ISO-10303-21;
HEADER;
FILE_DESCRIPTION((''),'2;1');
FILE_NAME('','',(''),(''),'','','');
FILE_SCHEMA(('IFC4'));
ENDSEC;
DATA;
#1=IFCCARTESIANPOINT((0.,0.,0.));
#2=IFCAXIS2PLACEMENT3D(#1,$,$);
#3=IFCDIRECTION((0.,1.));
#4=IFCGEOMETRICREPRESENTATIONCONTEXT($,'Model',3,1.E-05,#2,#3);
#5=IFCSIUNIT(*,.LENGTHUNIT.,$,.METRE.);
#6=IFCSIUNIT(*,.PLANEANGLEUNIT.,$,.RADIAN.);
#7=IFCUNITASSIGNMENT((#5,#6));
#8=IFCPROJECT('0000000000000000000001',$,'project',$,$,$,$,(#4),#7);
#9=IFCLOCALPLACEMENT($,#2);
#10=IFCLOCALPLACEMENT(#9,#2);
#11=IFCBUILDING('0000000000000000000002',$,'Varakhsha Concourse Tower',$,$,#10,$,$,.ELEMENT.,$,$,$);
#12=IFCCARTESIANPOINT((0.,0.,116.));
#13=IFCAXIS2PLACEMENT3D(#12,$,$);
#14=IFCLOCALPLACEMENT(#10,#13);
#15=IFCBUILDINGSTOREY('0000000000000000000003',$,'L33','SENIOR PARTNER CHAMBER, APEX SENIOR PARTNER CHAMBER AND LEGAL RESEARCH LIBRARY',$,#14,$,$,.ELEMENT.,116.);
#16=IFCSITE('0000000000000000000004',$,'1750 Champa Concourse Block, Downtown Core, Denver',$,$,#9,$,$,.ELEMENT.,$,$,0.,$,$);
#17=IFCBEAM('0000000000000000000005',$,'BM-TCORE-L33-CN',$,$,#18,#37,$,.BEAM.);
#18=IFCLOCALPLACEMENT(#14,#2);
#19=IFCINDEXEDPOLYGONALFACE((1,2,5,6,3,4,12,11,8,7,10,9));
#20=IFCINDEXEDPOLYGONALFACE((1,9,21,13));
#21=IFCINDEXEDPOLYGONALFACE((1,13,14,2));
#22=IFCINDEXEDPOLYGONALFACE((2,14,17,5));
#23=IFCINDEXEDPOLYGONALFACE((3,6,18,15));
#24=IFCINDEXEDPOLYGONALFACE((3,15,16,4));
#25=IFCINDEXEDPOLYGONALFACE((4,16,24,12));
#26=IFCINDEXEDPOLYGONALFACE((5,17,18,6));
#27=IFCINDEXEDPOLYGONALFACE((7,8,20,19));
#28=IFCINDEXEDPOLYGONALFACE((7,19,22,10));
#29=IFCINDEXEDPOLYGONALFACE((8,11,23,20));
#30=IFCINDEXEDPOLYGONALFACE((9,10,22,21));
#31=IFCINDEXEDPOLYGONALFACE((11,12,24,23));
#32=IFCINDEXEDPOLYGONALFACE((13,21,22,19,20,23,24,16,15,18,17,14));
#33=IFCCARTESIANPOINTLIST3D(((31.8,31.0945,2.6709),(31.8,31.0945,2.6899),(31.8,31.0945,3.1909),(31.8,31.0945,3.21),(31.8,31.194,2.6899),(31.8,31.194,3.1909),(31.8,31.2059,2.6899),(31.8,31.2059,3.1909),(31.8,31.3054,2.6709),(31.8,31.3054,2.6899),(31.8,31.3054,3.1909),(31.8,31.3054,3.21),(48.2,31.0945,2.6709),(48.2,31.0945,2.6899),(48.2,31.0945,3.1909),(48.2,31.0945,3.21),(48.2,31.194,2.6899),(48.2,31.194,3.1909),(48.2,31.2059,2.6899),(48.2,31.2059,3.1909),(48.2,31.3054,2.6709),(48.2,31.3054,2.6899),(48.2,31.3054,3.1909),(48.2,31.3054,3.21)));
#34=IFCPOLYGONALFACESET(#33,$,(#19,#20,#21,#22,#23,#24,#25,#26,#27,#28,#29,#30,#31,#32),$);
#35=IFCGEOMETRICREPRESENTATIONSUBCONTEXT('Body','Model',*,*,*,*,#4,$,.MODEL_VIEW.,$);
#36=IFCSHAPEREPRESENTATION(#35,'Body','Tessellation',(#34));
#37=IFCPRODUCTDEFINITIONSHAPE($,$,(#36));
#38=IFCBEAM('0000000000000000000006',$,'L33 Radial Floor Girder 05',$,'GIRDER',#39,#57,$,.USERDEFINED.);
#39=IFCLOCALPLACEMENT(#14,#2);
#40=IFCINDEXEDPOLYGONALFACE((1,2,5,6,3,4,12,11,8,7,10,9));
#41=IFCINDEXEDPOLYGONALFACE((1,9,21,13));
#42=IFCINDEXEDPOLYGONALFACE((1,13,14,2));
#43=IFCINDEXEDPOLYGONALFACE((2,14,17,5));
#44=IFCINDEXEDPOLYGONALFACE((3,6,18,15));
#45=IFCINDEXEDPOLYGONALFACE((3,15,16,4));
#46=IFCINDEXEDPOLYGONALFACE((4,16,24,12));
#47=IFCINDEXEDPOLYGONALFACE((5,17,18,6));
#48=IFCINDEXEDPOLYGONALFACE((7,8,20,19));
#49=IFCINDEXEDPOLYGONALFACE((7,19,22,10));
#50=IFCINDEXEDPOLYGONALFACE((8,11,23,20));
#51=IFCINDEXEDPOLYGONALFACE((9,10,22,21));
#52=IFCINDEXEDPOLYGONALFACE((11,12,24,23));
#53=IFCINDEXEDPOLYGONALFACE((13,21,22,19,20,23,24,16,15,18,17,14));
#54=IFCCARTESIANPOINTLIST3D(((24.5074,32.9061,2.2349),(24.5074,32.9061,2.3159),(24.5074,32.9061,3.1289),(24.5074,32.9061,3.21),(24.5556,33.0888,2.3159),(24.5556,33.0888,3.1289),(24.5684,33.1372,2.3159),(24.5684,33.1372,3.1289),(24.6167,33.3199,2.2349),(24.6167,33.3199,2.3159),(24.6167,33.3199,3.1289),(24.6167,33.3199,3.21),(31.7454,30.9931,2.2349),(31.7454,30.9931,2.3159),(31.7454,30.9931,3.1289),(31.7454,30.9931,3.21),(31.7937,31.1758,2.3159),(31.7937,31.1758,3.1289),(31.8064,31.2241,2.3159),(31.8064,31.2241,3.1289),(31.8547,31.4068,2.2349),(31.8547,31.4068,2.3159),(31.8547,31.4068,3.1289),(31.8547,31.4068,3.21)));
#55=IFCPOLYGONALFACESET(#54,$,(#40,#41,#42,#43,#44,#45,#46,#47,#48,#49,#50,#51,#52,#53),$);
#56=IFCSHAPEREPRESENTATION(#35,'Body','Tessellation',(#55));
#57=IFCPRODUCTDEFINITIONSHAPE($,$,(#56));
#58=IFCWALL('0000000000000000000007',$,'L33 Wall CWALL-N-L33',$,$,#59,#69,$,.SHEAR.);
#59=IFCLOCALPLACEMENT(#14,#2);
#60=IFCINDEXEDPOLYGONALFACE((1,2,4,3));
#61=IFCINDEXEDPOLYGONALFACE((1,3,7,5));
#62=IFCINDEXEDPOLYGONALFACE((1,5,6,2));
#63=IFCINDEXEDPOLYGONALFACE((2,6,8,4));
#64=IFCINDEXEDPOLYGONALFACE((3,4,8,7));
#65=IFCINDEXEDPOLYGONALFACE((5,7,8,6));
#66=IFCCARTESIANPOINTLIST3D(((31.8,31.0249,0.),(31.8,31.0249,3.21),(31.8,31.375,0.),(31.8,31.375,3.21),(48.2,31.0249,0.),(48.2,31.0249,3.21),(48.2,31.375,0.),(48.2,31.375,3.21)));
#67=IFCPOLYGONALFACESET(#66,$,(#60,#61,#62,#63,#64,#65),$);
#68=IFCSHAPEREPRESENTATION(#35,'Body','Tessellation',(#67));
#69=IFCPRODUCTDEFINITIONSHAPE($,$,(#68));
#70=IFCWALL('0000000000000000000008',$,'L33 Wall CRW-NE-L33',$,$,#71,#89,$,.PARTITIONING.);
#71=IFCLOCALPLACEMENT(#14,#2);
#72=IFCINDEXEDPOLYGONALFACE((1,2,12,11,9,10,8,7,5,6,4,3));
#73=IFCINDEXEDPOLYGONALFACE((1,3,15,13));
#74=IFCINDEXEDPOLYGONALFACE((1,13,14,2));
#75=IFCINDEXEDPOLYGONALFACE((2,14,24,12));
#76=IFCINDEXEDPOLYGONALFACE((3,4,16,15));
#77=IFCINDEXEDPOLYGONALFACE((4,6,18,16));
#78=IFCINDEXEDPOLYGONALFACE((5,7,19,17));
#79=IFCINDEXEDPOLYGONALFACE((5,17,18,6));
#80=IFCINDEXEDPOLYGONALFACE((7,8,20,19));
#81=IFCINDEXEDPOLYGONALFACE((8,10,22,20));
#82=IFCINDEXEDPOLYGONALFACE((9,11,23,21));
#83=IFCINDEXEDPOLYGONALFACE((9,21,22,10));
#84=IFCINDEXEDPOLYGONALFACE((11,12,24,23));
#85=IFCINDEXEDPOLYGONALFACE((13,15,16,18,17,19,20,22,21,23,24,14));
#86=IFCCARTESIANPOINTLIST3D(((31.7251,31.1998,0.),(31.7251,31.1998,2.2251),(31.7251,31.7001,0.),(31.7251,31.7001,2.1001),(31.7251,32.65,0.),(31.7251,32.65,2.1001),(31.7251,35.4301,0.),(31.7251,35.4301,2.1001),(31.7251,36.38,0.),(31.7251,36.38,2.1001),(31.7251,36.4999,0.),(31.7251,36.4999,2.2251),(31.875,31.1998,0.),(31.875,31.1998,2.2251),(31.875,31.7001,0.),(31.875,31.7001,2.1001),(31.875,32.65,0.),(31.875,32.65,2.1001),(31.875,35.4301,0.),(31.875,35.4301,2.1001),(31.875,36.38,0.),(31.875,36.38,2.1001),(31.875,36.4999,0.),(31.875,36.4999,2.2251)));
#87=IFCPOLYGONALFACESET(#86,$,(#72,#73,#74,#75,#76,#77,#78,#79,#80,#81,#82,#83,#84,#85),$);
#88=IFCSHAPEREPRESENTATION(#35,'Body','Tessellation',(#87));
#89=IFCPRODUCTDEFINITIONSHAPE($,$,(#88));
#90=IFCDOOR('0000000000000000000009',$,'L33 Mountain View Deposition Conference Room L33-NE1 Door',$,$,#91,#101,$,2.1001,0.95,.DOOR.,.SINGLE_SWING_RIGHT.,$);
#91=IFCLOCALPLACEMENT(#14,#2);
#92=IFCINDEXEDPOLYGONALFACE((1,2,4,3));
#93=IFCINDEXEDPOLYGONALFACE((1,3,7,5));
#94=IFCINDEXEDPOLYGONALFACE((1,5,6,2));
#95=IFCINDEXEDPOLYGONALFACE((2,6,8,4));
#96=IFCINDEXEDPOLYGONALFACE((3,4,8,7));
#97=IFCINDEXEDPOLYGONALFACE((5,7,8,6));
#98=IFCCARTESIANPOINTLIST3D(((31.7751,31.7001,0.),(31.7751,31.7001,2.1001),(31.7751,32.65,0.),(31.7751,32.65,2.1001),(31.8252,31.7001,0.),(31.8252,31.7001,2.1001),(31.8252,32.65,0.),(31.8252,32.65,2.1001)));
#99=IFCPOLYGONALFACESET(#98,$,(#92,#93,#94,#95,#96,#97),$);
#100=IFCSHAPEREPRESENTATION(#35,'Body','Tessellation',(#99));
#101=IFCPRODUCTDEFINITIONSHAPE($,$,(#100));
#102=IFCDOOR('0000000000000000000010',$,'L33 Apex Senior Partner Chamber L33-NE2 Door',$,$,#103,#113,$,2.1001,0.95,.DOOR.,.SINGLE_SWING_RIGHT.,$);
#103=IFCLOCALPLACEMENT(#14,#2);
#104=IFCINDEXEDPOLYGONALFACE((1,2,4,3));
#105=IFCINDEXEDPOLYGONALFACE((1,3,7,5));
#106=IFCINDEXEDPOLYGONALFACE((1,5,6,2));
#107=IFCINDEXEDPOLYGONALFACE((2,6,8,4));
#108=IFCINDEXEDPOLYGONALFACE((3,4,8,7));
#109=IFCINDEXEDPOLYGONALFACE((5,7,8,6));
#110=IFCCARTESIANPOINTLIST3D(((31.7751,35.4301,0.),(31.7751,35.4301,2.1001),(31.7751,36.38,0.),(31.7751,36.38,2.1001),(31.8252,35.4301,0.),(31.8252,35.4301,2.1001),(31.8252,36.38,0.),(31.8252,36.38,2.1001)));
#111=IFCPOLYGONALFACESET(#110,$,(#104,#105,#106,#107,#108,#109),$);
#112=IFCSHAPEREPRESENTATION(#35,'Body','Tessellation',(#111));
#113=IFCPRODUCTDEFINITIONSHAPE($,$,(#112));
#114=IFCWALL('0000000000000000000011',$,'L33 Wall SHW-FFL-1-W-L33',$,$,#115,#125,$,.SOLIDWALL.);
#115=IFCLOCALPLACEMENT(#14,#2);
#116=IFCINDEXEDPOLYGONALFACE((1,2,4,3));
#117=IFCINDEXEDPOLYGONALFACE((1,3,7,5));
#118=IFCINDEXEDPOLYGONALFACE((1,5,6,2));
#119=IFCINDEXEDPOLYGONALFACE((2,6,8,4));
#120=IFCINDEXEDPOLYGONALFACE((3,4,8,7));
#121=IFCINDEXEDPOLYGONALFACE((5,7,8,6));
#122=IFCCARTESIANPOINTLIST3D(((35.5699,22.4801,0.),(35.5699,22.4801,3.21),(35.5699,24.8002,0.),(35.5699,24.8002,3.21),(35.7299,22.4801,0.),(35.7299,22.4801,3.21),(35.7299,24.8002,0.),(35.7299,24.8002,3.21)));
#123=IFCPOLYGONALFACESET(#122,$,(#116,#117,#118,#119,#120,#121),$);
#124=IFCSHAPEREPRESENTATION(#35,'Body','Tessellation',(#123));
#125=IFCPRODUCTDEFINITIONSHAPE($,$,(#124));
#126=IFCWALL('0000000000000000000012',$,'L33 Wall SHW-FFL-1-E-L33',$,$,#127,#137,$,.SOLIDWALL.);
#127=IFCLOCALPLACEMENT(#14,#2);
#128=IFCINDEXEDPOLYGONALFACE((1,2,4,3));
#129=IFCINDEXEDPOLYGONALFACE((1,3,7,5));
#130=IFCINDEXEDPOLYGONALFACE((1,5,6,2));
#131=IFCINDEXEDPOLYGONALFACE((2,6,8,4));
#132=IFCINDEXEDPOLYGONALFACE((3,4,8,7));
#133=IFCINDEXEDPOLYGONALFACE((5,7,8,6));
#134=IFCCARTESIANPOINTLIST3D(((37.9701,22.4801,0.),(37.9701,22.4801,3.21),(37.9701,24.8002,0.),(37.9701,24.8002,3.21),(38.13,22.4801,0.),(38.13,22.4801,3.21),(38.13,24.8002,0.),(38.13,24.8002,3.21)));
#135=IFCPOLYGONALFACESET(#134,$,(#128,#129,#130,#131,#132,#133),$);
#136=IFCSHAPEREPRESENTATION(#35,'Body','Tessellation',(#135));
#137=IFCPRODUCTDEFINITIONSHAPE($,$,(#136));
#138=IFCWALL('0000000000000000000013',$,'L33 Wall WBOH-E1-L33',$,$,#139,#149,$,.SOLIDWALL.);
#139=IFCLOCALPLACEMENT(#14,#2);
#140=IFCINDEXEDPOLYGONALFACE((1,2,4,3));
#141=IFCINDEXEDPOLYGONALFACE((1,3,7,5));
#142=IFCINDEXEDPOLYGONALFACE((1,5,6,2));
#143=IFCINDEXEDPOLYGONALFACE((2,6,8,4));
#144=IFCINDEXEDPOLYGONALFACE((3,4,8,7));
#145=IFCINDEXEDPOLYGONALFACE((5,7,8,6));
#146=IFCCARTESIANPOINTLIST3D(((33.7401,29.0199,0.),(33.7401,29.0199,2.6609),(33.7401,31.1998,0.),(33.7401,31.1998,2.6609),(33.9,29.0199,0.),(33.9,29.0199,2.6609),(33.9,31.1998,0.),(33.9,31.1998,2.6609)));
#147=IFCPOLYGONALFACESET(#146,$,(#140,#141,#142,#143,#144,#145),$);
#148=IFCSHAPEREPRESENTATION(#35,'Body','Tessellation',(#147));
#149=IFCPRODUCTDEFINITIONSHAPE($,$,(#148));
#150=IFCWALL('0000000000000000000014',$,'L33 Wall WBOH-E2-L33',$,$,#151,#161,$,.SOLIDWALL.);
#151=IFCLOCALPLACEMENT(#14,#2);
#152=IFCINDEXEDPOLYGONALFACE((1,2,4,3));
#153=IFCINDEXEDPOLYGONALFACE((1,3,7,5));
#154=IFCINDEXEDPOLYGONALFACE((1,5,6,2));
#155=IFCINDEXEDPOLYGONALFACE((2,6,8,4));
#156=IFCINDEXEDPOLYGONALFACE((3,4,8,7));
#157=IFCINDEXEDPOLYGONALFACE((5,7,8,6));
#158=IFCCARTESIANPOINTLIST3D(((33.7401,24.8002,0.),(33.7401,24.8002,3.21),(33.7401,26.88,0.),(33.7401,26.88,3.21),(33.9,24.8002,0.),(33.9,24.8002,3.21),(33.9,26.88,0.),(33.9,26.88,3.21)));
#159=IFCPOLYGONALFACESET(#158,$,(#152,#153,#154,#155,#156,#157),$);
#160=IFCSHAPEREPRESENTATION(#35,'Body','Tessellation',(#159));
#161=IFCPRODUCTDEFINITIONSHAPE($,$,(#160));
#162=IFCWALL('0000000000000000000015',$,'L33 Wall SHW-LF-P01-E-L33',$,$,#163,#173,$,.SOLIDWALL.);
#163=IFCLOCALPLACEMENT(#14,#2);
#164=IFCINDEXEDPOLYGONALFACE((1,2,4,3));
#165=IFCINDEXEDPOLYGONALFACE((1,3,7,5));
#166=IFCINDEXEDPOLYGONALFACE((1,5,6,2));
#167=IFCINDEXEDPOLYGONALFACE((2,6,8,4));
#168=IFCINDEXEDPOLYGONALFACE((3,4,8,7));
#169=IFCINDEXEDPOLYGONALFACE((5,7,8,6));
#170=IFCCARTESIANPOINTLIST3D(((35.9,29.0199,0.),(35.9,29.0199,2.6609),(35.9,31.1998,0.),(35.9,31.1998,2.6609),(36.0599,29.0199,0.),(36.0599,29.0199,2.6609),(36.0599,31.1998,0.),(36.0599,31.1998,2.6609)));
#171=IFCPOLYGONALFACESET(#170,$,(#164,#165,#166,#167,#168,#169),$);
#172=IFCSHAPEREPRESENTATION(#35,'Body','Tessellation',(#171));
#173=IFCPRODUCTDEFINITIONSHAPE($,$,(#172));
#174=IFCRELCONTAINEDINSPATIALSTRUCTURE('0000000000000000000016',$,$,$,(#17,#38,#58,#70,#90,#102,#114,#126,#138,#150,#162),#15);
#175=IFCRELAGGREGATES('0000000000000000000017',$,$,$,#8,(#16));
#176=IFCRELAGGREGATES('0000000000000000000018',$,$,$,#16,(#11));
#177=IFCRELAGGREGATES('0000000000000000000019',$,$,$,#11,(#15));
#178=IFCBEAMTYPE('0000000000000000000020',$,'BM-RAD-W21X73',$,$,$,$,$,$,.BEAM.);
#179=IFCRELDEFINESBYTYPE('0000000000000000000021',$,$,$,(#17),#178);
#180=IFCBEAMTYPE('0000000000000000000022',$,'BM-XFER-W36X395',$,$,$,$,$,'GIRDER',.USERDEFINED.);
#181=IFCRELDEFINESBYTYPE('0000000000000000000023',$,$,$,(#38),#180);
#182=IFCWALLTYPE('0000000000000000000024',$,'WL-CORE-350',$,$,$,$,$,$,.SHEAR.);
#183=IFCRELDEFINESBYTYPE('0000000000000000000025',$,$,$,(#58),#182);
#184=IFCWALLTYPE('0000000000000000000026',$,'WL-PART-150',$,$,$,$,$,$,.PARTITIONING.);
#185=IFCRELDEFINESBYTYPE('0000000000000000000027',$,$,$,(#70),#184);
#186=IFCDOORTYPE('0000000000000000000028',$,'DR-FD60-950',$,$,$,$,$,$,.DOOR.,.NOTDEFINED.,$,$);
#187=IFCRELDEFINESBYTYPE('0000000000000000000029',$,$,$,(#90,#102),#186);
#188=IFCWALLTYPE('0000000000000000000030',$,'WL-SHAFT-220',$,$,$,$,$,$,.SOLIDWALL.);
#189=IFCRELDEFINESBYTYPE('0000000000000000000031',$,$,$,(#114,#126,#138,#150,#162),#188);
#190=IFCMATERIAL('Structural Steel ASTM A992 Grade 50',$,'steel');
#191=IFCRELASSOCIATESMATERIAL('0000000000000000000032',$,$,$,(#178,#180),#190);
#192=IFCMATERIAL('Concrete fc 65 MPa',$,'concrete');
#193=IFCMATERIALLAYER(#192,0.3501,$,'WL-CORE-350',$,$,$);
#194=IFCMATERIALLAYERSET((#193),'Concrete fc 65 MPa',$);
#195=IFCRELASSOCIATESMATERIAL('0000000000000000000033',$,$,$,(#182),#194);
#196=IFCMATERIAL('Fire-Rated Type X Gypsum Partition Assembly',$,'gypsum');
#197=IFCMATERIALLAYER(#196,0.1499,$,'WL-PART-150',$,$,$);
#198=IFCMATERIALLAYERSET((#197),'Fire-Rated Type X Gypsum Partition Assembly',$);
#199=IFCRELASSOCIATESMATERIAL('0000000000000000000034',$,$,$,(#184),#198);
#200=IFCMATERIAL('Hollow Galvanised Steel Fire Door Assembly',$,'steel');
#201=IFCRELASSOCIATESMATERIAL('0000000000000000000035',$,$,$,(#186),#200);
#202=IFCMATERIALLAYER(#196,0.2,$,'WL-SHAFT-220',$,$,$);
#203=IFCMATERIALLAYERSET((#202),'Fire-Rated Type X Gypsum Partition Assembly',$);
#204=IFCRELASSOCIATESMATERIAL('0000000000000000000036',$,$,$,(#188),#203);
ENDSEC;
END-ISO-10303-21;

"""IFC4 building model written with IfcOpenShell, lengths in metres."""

from ifc_helpers import new_model, si_unit, direction, frame, frame_2d, origin, origin_2d, place, context, subcontext, project, spatial, rectangle, i_section, extrude, material, layer, layer_set, material_profile, profile_set, type_object, element, fill, save


model = new_model("IFC4")

# Units and contexts
model_context = context("Model", 3, precision=1e-05, world=origin(), true_north=direction((0.0, 1.0)))
body_context = subcontext(model_context, "Body", "Model", "MODEL_VIEW")
ifc_project = project(units=[si_unit("LENGTHUNIT", "METRE"), si_unit("PLANEANGLEUNIT", "RADIAN")], contexts=[model_context])

# Site, building, storey
site_placement = place(None, origin())
site = spatial("IfcSite", under=ifc_project, at=site_placement, Name="1750 Champa Concourse Block, Downtown Core, Denver", CompositionType="ELEMENT", RefElevation=0.0)
building_placement = place(site_placement, origin())
building = spatial("IfcBuilding", under=site, at=building_placement, Name="Varakhsha Concourse Tower", CompositionType="ELEMENT")
storey_placement = place(building_placement, frame((0.0, 0.0, 116.0)))
storey = spatial("IfcBuildingStorey", under=building, at=storey_placement, Name="L33", Description="SENIOR PARTNER CHAMBER, APEX SENIOR PARTNER CHAMBER AND LEGAL RESEARCH LIBRARY", CompositionType="ELEMENT", Elevation=116.0)

# Beams
ifc_material_1 = material(Name="Structural Steel ASTM A992 Grade 50", Category="steel")
ifc_material_profile_1 = material_profile(ifc_material_1, i_section(OverallWidth=0.2109, OverallDepth=0.5391, WebThickness=0.012, FlangeThickness=0.019, at=origin_2d()), Name="W21X73")
ifc_profile_set_1 = profile_set([ifc_material_profile_1], Name="Structural Steel ASTM A992 Grade 50")
beam_type_1 = type_object("IfcBeamType", Name="BM-RAD-W21X73", PredefinedType="BEAM", material=ifc_profile_set_1)
beam_1_placement = place(storey_placement, frame((31.8, 31.2, 2.9404), z_axis=(1.0, 0.0, 0.0), x_axis=(0.0, 1.0, 0.0)))
element("IfcBeam", 1, at=beam_1_placement, inside=storey, type_object=beam_type_1, Name="BM-TCORE-L33-CN", PredefinedType="BEAM", context=body_context, shape_type="SweptSolid", body=[
    extrude(i_section(OverallWidth=0.2109, OverallDepth=0.5391, WebThickness=0.012, FlangeThickness=0.019, at=origin_2d()), origin(), (0.0, 0.0, 1.0), 16.3999),
])
ifc_material_profile_2 = material_profile(ifc_material_1, i_section(OverallWidth=0.428, OverallDepth=0.9751, WebThickness=0.05, FlangeThickness=0.0811, at=origin_2d()), Name="W36X395")
ifc_profile_set_2 = profile_set([ifc_material_profile_2], Name="Structural Steel ASTM A992 Grade 50")
beam_type_2 = type_object("IfcBeamType", Name="BM-XFER-W36X395", ElementType="GIRDER", PredefinedType="USERDEFINED", material=ifc_profile_set_2)
beam_2_placement = place(storey_placement, frame((31.8, 31.2, 2.7224), z_axis=(-0.9668, 0.255535, 0.0), x_axis=(-0.255535, -0.9668, 0.0)))
element("IfcBeam", 2, at=beam_2_placement, inside=storey, type_object=beam_type_2, Name="L33 Radial Floor Girder 05", ObjectType="GIRDER", PredefinedType="USERDEFINED", context=body_context, shape_type="SweptSolid", body=[
    extrude(i_section(OverallWidth=0.428, OverallDepth=0.9751, WebThickness=0.05, FlangeThickness=0.0811, at=origin_2d()), origin(), (0.0, 0.0, 1.0), 7.4866),
])

# Wall
ifc_material_2 = material(Name="Concrete fc 65 MPa", Category="concrete")
ifc_layer_1 = layer(ifc_material_2, 0.3501, Name="WL-CORE-350")
ifc_layer_set_1 = layer_set([ifc_layer_1], Name="Concrete fc 65 MPa")
wall_type_1 = type_object("IfcWallType", Name="WL-CORE-350", PredefinedType="SHEAR", material=ifc_layer_set_1)
wall_1_placement = place(storey_placement, frame((31.8, 31.2, 0.0), z_axis=(0.0, 0.0, 1.0), x_axis=(1.0, 0.0, 0.0)))
element("IfcWall", 3, at=wall_1_placement, inside=storey, type_object=wall_type_1, Name="L33 Wall CWALL-N-L33", PredefinedType="SHEAR", context=body_context, shape_type="SweptSolid", body=[
    extrude(rectangle(XDim=16.3999, YDim=0.3501, at=frame_2d((8.2, 0.0))), origin(), (0.0, 0.0, 1.0), 3.21),
])

# Wall, openings, doors
ifc_material_3 = material(Name="Fire-Rated Type X Gypsum Partition Assembly", Category="gypsum")
ifc_layer_2 = layer(ifc_material_3, 0.1499, Name="WL-PART-150")
ifc_layer_set_2 = layer_set([ifc_layer_2], Name="Fire-Rated Type X Gypsum Partition Assembly")
wall_type_2 = type_object("IfcWallType", Name="WL-PART-150", PredefinedType="PARTITIONING", material=ifc_layer_set_2)
wall_2_placement = place(storey_placement, frame((31.8, 31.2, 0.0), z_axis=(0.0, 0.0, 1.0), x_axis=(0.0, 1.0, 0.0)))
wall_2 = element("IfcWall", 4, at=wall_2_placement, inside=storey, type_object=wall_type_2, Name="L33 Wall CRW-NE-L33", PredefinedType="PARTITIONING", context=body_context, shape_type="SweptSolid", body=[
    extrude(rectangle(XDim=5.3, YDim=0.1499, at=frame_2d((2.6499, 0.0))), origin(), (0.0, 0.0, 1.0), 2.2251),
])
opening_1_placement = place(wall_2_placement, frame((0.5, 0.0, 0.0)))
opening_1 = element("IfcOpeningElement", 5, at=opening_1_placement, cuts=wall_2, PredefinedType="OPENING", context=body_context, shape_type="SweptSolid", body=[
    extrude(rectangle(XDim=0.95, YDim=2.1001, at=frame_2d((0.4751, 1.05))), frame((0.0, 0.085, 0.0), z_axis=(0.0, -1.0, 0.0), x_axis=(1.0, 0.0, 0.0)), (0.0, 0.0, 1.0), 0.1699),
])
opening_2_placement = place(wall_2_placement, frame((4.23, 0.0, 0.0)))
opening_2 = element("IfcOpeningElement", 6, at=opening_2_placement, cuts=wall_2, PredefinedType="OPENING", context=body_context, shape_type="SweptSolid", body=[
    extrude(rectangle(XDim=0.95, YDim=2.1001, at=frame_2d((0.4751, 1.05))), frame((0.0, 0.085, 0.0), z_axis=(0.0, -1.0, 0.0), x_axis=(1.0, 0.0, 0.0)), (0.0, 0.0, 1.0), 0.1699),
])
ifc_material_4 = material(Name="Hollow Galvanised Steel Fire Door Assembly", Category="steel")
door_type_1 = type_object("IfcDoorType", Name="DR-FD60-950", OperationType="NOTDEFINED", PredefinedType="DOOR", material=ifc_material_4)
door_1_placement = place(opening_1_placement, origin())
door_1 = element("IfcDoor", 7, at=door_1_placement, inside=storey, type_object=door_type_1, Name="L33 Mountain View Deposition Conference Room L33-NE1 Door", OperationType="SINGLE_SWING_RIGHT", OverallHeight=2.1001, OverallWidth=0.95, PredefinedType="DOOR", context=body_context, shape_type="SweptSolid", body=[
    extrude(rectangle(XDim=0.95, YDim=2.1001, at=frame_2d((0.4751, 1.05))), frame((0.0, 0.0249, 0.0), z_axis=(0.0, -1.0, 0.0), x_axis=(1.0, 0.0, 0.0)), (0.0, 0.0, 1.0), 0.05),
])
fill(opening_1, door_1)
door_2_placement = place(opening_2_placement, origin())
door_2 = element("IfcDoor", 8, at=door_2_placement, inside=storey, type_object=door_type_1, Name="L33 Apex Senior Partner Chamber L33-NE2 Door", OperationType="SINGLE_SWING_RIGHT", OverallHeight=2.1001, OverallWidth=0.95, PredefinedType="DOOR", context=body_context, shape_type="SweptSolid", body=[
    extrude(rectangle(XDim=0.95, YDim=2.1001, at=frame_2d((0.4751, 1.05))), frame((0.0, 0.0249, 0.0), z_axis=(0.0, -1.0, 0.0), x_axis=(1.0, 0.0, 0.0)), (0.0, 0.0, 1.0), 0.05),
])
fill(opening_2, door_2)
ifc_layer_3 = layer(ifc_material_3, 0.2, Name="WL-SHAFT-220")
ifc_layer_set_3 = layer_set([ifc_layer_3], Name="Fire-Rated Type X Gypsum Partition Assembly")
wall_type_3 = type_object("IfcWallType", Name="WL-SHAFT-220", PredefinedType="SOLIDWALL", material=ifc_layer_set_3)

# Walls
for number, where, z_axis, x_axis, name in (
    (9, (35.6499, 22.48, 0.0), (0.0, 0.0, 1.0), (0.0, 1.0, 0.0), "L33 Wall SHW-FFL-1-W-L33"),
    (10, (38.05, 22.48, 0.0), (0.0, 0.0, 1.0), (0.0, 1.0, 0.0), "L33 Wall SHW-FFL-1-E-L33"),
):
    element("IfcWall", number, at=place(storey_placement, frame(where, z_axis=z_axis, x_axis=x_axis)), inside=storey, type_object=wall_type_3, Name=name, PredefinedType="SOLIDWALL", context=body_context, shape_type="SweptSolid", body=[
        extrude(rectangle(XDim=2.3201, YDim=0.1599, at=frame_2d((1.1602, 0.0))), origin(), (0.0, 0.0, 1.0), 3.21),
    ])
wall_3_placement = place(storey_placement, frame((33.8201, 29.02, 0.0), z_axis=(0.0, 0.0, 1.0), x_axis=(0.0, 1.0, 0.0)))
element("IfcWall", 11, at=wall_3_placement, inside=storey, type_object=wall_type_3, Name="L33 Wall WBOH-E1-L33", PredefinedType="SOLIDWALL", context=body_context, shape_type="SweptSolid", body=[
    extrude(rectangle(XDim=2.1799, YDim=0.1599, at=frame_2d((1.0898, 0.0))), origin(), (0.0, 0.0, 1.0), 2.6609),
])
wall_4_placement = place(storey_placement, frame((33.8201, 24.8, 0.0), z_axis=(0.0, 0.0, 1.0), x_axis=(0.0, 1.0, 0.0)))
element("IfcWall", 12, at=wall_4_placement, inside=storey, type_object=wall_type_3, Name="L33 Wall WBOH-E2-L33", PredefinedType="SOLIDWALL", context=body_context, shape_type="SweptSolid", body=[
    extrude(rectangle(XDim=2.0798, YDim=0.1599, at=frame_2d((1.04, 0.0))), origin(), (0.0, 0.0, 1.0), 3.21),
])
for number, where, z_axis, x_axis, name in (
    (13, (35.98, 29.02, 0.0), (0.0, 0.0, 1.0), (0.0, 1.0, 0.0), "L33 Wall SHW-LF-P01-E-L33"),
):
    element("IfcWall", number, at=place(storey_placement, frame(where, z_axis=z_axis, x_axis=x_axis)), inside=storey, type_object=wall_type_3, Name=name, PredefinedType="SOLIDWALL", context=body_context, shape_type="SweptSolid", body=[
        extrude(rectangle(XDim=2.1799, YDim=0.1599, at=frame_2d((1.0898, 0.0))), origin(), (0.0, 0.0, 1.0), 2.6609),
    ])

save(model, "model.ifc")
